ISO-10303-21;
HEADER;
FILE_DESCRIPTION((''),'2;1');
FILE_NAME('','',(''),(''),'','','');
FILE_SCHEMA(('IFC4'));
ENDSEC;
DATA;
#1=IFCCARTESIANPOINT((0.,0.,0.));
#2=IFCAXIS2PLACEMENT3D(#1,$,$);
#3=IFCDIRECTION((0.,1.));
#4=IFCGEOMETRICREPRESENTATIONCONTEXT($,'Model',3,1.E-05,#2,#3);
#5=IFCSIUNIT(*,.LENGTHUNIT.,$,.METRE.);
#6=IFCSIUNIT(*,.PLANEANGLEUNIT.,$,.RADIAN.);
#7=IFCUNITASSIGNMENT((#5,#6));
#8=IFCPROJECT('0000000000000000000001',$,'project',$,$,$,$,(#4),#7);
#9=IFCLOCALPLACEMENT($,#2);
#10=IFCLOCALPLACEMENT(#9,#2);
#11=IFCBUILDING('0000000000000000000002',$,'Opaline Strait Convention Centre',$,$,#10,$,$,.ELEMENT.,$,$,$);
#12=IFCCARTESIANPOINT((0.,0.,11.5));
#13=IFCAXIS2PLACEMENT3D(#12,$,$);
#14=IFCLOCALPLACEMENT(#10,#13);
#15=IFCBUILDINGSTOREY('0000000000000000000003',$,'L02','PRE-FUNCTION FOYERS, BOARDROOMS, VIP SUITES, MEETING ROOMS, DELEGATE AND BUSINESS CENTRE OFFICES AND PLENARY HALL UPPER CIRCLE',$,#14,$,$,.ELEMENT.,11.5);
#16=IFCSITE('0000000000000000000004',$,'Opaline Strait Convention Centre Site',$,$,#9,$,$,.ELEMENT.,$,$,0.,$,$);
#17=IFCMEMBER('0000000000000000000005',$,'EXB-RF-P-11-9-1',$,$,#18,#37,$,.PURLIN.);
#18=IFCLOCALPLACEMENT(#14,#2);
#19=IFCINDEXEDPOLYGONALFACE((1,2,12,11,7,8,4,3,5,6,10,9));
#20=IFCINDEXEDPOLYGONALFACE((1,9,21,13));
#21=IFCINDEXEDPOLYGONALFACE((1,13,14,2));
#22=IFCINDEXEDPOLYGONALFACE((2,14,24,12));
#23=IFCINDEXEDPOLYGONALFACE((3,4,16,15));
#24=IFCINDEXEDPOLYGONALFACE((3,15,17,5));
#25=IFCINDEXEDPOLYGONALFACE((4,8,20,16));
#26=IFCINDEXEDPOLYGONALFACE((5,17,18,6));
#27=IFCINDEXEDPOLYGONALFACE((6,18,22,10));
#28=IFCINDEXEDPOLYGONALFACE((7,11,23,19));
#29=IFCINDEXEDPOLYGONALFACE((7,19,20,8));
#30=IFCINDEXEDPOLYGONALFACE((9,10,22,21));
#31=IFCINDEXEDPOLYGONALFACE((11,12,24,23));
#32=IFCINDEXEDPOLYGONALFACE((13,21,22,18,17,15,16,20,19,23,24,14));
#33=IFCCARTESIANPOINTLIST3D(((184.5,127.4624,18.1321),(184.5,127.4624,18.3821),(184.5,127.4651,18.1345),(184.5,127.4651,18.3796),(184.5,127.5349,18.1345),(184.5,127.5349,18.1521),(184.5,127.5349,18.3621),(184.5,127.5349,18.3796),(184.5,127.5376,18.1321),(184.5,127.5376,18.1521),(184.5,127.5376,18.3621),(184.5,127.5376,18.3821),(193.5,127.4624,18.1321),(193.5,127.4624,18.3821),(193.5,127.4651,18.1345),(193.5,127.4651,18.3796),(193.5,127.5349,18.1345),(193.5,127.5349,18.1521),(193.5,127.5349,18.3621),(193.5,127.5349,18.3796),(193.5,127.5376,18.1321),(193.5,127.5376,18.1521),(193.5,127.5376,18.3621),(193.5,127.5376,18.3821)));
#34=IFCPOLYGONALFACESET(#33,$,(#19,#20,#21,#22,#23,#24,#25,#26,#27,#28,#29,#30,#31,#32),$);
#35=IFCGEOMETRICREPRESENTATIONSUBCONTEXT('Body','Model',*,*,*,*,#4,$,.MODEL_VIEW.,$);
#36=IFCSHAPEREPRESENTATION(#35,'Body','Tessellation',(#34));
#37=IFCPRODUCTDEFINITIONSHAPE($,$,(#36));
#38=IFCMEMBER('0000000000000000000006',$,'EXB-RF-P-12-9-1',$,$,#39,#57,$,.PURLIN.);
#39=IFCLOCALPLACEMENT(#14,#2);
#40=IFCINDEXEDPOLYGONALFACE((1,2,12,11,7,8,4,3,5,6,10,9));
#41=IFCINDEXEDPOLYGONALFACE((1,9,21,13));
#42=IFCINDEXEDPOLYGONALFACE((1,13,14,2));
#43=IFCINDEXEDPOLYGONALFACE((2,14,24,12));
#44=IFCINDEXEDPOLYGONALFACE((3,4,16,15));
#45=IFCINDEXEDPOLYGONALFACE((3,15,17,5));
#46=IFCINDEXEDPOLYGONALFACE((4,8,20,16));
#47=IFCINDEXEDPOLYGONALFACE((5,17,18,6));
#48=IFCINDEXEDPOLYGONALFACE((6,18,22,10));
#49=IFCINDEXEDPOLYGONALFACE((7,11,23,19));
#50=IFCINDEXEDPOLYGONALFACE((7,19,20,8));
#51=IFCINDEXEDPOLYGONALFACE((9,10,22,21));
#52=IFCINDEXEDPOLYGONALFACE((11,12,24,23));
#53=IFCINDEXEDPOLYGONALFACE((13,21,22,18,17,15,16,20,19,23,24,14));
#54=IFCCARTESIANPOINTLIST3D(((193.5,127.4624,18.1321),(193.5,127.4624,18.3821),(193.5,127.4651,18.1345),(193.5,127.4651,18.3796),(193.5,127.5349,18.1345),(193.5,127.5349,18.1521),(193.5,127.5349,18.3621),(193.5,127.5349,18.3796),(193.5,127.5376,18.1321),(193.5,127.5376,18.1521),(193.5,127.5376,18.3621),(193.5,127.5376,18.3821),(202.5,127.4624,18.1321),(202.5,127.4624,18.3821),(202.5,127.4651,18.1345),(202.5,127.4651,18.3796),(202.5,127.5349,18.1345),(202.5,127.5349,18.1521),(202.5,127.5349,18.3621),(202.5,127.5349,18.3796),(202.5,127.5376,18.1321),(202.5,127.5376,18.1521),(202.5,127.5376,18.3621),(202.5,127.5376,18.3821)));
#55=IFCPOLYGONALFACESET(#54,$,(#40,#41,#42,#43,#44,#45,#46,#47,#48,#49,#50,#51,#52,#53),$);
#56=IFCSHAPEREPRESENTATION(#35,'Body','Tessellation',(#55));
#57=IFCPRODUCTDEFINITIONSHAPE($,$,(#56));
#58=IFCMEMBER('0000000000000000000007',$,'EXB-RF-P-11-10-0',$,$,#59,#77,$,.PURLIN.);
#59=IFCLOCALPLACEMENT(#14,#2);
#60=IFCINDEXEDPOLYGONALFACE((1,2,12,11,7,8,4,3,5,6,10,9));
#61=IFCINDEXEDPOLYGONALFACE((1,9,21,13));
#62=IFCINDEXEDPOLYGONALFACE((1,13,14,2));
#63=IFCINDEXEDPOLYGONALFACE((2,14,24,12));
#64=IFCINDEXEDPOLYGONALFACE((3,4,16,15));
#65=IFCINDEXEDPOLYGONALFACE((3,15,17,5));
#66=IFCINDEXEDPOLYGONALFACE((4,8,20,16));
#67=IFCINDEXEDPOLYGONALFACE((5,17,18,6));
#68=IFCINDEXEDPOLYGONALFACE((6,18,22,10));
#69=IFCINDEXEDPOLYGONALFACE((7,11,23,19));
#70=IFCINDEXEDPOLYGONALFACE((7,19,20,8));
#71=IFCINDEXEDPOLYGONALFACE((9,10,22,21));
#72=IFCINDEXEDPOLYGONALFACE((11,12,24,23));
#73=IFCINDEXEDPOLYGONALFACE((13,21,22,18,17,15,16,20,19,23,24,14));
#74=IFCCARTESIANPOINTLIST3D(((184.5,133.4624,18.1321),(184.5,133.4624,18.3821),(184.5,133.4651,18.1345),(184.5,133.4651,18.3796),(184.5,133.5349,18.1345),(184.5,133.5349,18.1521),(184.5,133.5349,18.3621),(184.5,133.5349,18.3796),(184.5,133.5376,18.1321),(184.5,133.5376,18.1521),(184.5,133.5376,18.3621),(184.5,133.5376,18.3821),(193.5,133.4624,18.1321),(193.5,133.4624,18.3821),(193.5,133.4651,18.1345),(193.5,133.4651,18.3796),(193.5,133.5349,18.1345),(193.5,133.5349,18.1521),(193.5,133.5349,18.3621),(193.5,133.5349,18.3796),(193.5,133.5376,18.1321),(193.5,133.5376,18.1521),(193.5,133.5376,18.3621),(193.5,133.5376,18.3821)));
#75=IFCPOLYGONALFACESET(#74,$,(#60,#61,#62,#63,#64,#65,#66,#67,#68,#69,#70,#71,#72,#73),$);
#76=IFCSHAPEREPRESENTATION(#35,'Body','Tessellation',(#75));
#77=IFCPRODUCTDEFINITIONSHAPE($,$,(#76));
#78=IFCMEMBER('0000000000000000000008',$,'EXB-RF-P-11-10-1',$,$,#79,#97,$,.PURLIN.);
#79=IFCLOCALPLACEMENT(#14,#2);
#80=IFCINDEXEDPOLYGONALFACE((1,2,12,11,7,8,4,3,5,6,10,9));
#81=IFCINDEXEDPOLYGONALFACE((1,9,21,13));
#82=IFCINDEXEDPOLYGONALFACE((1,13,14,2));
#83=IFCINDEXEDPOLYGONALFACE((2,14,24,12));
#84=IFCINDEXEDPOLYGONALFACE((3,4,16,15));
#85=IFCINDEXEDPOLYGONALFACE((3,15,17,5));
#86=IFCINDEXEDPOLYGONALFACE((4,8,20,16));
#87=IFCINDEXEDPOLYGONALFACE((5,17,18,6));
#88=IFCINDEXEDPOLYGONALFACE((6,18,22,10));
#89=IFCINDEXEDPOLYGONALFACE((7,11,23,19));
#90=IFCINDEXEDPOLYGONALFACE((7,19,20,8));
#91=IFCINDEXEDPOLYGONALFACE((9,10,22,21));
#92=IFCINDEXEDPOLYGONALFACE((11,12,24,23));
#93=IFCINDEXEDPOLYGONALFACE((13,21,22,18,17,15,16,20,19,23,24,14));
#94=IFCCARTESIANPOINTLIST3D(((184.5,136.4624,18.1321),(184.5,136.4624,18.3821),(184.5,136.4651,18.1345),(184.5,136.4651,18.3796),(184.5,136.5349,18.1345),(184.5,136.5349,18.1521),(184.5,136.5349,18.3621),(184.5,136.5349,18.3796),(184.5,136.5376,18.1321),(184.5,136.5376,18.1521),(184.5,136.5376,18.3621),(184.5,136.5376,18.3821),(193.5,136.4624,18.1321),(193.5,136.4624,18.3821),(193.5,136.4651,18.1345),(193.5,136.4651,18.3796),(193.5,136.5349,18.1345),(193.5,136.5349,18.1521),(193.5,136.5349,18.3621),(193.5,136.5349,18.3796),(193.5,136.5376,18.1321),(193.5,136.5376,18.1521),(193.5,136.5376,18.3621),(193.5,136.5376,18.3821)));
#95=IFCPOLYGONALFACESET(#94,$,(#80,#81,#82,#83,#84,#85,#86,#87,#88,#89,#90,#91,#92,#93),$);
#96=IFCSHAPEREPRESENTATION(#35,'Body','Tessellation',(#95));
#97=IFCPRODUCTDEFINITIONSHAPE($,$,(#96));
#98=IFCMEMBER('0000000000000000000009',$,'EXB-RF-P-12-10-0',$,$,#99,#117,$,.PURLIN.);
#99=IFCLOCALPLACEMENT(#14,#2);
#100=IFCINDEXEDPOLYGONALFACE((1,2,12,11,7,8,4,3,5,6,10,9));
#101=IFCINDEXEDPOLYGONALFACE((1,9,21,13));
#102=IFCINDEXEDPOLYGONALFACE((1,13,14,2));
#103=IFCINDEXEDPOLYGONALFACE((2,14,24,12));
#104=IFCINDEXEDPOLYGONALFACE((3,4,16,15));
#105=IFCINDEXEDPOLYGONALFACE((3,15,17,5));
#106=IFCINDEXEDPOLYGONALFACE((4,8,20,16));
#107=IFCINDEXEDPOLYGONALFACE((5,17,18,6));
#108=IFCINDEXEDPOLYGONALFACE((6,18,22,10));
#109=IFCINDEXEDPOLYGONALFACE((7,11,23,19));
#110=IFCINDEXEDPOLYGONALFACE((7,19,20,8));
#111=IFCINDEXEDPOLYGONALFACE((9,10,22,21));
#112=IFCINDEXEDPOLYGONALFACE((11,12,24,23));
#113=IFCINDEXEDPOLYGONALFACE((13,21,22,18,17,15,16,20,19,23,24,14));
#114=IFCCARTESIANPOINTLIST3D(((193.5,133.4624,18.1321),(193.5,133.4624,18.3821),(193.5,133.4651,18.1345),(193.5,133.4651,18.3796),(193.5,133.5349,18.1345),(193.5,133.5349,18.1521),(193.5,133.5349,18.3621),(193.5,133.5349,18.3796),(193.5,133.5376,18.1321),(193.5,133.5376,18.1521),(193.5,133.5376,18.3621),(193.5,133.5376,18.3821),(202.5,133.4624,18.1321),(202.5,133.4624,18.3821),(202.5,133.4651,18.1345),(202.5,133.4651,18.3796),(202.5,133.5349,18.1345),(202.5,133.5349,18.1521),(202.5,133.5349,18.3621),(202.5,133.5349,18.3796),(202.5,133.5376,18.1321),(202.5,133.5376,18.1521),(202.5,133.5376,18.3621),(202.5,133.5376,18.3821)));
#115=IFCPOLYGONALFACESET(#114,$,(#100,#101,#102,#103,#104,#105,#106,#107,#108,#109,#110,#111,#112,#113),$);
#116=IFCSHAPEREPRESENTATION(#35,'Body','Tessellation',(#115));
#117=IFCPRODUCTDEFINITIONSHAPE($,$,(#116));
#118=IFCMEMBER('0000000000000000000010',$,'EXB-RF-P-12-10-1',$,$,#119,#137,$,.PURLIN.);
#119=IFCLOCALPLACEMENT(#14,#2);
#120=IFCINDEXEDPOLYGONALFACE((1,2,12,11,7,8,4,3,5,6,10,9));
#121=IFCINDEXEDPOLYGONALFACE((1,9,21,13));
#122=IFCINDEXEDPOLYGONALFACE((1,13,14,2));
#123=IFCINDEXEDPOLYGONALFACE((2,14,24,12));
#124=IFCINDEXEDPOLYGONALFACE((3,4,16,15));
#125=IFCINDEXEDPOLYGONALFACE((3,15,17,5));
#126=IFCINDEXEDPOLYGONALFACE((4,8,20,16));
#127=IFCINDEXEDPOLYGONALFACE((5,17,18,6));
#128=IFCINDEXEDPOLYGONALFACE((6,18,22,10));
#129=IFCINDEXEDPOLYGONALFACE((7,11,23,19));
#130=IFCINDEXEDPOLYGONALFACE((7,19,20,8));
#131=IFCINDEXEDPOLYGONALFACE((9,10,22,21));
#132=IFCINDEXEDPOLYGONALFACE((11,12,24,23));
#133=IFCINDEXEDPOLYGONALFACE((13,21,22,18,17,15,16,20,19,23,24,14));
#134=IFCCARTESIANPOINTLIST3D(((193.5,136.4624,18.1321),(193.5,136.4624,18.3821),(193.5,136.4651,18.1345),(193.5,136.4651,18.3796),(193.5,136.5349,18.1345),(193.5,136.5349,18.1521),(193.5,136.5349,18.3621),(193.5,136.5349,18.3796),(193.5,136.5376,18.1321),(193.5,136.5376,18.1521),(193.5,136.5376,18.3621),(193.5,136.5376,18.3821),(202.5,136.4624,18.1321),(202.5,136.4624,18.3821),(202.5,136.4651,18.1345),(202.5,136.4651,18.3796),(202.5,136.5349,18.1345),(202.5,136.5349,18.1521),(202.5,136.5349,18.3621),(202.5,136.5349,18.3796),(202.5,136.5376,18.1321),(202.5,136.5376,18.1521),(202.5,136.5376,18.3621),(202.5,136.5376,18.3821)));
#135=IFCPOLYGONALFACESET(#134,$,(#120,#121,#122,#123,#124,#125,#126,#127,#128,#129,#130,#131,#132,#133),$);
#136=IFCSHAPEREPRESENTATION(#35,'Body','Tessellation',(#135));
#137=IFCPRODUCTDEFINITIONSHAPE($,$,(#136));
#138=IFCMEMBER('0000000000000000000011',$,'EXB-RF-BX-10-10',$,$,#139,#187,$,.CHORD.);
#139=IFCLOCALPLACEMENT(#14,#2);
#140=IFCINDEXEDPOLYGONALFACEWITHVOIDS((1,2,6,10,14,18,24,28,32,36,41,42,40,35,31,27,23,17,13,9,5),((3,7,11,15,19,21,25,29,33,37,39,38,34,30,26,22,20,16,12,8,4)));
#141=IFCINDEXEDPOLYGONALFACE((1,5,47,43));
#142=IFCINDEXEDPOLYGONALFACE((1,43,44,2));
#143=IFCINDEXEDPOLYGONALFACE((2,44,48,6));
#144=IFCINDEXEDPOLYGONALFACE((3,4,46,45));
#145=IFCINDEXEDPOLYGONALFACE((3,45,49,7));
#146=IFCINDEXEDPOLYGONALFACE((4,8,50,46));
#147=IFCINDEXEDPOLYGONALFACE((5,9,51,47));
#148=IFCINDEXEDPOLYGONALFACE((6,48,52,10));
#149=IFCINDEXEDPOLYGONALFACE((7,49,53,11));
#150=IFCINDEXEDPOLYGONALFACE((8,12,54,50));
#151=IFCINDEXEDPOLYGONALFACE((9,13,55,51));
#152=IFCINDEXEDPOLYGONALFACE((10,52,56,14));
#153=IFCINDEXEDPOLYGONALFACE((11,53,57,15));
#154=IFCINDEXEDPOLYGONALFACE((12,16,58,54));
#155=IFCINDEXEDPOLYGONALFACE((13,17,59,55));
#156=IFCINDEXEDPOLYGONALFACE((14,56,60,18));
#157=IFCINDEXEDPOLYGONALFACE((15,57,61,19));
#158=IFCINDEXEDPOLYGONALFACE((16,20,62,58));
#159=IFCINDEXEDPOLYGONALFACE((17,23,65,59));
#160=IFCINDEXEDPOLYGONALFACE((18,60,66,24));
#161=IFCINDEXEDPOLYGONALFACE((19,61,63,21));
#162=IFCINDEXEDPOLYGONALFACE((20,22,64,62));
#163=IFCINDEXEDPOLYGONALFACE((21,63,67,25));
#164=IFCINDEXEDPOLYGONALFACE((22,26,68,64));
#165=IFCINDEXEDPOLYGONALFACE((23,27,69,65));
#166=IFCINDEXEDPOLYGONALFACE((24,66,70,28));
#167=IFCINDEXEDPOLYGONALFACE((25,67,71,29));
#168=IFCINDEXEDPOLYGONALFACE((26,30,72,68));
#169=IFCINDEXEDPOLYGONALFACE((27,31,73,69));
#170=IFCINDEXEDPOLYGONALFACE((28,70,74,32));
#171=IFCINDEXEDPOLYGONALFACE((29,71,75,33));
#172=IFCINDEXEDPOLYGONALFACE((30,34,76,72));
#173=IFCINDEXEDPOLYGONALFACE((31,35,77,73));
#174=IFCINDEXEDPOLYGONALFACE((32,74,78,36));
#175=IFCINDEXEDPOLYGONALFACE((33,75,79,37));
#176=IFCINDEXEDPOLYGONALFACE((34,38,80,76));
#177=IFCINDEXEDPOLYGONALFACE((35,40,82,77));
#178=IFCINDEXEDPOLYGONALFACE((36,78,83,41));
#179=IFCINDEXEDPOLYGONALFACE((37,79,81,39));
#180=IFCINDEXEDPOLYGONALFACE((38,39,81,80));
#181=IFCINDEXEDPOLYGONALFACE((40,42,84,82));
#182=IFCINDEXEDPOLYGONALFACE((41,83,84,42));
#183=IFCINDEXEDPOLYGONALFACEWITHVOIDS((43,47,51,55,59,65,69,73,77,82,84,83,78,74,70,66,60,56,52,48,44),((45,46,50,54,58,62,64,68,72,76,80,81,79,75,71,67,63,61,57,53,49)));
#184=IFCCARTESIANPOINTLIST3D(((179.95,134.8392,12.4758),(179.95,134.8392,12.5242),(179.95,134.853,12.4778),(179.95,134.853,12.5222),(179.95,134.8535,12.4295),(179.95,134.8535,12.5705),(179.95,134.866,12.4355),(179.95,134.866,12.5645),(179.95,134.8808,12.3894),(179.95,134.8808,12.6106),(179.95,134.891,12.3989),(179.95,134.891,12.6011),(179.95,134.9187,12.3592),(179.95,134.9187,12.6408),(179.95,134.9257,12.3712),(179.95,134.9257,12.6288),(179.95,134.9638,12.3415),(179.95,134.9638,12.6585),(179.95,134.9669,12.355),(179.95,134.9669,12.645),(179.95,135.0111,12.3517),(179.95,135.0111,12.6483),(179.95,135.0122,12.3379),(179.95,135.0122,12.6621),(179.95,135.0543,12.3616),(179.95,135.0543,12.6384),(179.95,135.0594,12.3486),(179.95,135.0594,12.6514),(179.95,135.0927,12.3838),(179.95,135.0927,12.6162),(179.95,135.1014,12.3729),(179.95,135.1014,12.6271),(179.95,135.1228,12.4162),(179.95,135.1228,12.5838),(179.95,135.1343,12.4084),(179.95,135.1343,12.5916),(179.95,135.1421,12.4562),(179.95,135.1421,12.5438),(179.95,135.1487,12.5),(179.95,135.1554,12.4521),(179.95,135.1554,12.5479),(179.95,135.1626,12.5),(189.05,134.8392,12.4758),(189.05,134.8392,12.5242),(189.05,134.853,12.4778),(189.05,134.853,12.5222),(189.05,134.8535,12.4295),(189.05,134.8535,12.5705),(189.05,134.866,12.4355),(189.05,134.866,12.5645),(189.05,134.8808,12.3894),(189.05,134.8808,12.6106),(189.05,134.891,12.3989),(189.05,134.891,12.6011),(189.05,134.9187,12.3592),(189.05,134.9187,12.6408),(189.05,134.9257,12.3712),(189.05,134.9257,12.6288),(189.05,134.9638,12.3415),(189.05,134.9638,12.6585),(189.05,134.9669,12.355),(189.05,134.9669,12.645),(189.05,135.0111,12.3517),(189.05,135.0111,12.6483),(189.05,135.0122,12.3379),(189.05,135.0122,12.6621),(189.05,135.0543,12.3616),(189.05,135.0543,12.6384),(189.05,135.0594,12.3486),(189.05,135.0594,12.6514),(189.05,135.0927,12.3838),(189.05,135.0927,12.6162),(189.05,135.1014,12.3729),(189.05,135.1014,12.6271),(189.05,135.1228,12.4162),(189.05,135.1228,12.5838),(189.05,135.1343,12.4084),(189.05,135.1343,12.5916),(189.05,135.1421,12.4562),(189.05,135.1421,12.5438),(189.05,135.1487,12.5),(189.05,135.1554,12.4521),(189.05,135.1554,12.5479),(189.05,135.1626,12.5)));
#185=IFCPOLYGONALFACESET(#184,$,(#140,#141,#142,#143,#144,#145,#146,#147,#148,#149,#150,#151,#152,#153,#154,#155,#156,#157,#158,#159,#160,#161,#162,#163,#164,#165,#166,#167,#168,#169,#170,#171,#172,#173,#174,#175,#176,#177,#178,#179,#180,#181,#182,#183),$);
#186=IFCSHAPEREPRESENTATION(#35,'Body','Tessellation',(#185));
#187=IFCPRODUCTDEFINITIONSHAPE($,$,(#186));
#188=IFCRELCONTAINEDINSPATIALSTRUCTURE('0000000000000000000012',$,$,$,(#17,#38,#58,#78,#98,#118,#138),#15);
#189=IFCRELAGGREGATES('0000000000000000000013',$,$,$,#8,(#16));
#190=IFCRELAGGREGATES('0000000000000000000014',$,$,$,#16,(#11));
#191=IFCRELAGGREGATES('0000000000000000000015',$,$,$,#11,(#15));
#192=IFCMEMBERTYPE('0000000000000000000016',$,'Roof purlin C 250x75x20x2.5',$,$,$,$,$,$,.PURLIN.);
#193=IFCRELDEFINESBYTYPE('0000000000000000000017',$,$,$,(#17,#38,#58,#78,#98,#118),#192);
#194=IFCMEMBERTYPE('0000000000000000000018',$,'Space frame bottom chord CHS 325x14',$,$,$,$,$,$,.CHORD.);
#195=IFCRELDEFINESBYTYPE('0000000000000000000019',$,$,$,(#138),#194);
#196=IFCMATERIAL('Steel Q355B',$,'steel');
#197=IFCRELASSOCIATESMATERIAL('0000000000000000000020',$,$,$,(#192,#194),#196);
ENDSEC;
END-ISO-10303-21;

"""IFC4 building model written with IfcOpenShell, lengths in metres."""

from ifc_helpers import new_model, si_unit, direction, frame, origin, origin_2d, place, context, subcontext, project, spatial, polyline, hollow_circle, outline, extrude, material, material_profile, profile_set, type_object, element, save


model = new_model("IFC4")

# Units and contexts
model_context = context("Model", 3, precision=1e-05, world=origin(), true_north=direction((0.0, 1.0)))
body_context = subcontext(model_context, "Body", "Model", "MODEL_VIEW")
ifc_project = project(units=[si_unit("LENGTHUNIT", "METRE"), si_unit("PLANEANGLEUNIT", "RADIAN")], contexts=[model_context])

# Site, building, storey
site_placement = place(None, origin())
site = spatial("IfcSite", under=ifc_project, at=site_placement, Name="Opaline Strait Convention Centre Site", CompositionType="ELEMENT", RefElevation=0.0)
building_placement = place(site_placement, origin())
building = spatial("IfcBuilding", under=site, at=building_placement, Name="Opaline Strait Convention Centre", CompositionType="ELEMENT")
storey_placement = place(building_placement, frame((0.0, 0.0, 11.5)))
storey = spatial("IfcBuildingStorey", under=building, at=storey_placement, Name="L02", Description="PRE-FUNCTION FOYERS, BOARDROOMS, VIP SUITES, MEETING ROOMS, DELEGATE AND BUSINESS CENTRE OFFICES AND PLENARY HALL UPPER CIRCLE", CompositionType="ELEMENT", Elevation=11.5)

# Members
ifc_material = material(Name="Steel Q355B", Category="steel")
ifc_material_profile_1 = material_profile(ifc_material, outline(polyline([(-0.0376, -0.125), (0.0376, -0.125), (0.0376, -0.105), (0.0349, -0.105), (0.0349, -0.1226), (-0.0349, -0.1226), (-0.0349, 0.1226), (0.0349, 0.1226), (0.0349, 0.105), (0.0376, 0.105), (0.0376, 0.125), (-0.0376, 0.125), (-0.0376, -0.125)])), Name="C 250x75x20x2.5")
ifc_profile_set_1 = profile_set([ifc_material_profile_1], Name="Steel Q355B")
member_type_1 = type_object("IfcMemberType", Name="Roof purlin C 250x75x20x2.5", PredefinedType="PURLIN", material=ifc_profile_set_1)
for number, where, z_axis, x_axis, name in (
    (1, (184.5, 127.5, 18.2571), (1.0, 0.0, 0.0), (0.0, 1.0, 0.0), "EXB-RF-P-11-9-1"),
    (2, (193.5, 127.5, 18.2571), (1.0, 0.0, 0.0), (0.0, 1.0, 0.0), "EXB-RF-P-12-9-1"),
    (3, (184.5, 133.5, 18.2571), (1.0, 0.0, 0.0), (0.0, 1.0, 0.0), "EXB-RF-P-11-10-0"),
    (4, (184.5, 136.5, 18.2571), (1.0, 0.0, 0.0), (0.0, 1.0, 0.0), "EXB-RF-P-11-10-1"),
    (5, (193.5, 133.5, 18.2571), (1.0, 0.0, 0.0), (0.0, 1.0, 0.0), "EXB-RF-P-12-10-0"),
    (6, (193.5, 136.5, 18.2571), (1.0, 0.0, 0.0), (0.0, 1.0, 0.0), "EXB-RF-P-12-10-1"),
):
    element("IfcMember", number, at=place(storey_placement, frame(where, z_axis=z_axis, x_axis=x_axis)), inside=storey, type_object=member_type_1, Name=name, PredefinedType="PURLIN", context=body_context, shape_type="SweptSolid", body=[
        extrude(outline(polyline([(-0.0376, -0.125), (0.0376, -0.125), (0.0376, -0.105), (0.0349, -0.105), (0.0349, -0.1226), (-0.0349, -0.1226), (-0.0349, 0.1226), (0.0349, 0.1226), (0.0349, 0.105), (0.0376, 0.105), (0.0376, 0.125), (-0.0376, 0.125), (-0.0376, -0.125)])), origin(), (0.0, 0.0, 1.0), 9.0),
    ])
ifc_material_profile_2 = material_profile(ifc_material, hollow_circle(Radius=0.1626, WallThickness=0.0139, at=origin_2d()), Name="CHS 325x14")
ifc_profile_set_2 = profile_set([ifc_material_profile_2], Name="Steel Q355B")
member_type_2 = type_object("IfcMemberType", Name="Space frame bottom chord CHS 325x14", PredefinedType="CHORD", material=ifc_profile_set_2)
for number, where, z_axis, x_axis, name in (
    (7, (179.95, 135.0, 12.5), (1.0, 0.0, 0.0), (0.0, 1.0, 0.0), "EXB-RF-BX-10-10"),
):
    element("IfcMember", number, at=place(storey_placement, frame(where, z_axis=z_axis, x_axis=x_axis)), inside=storey, type_object=member_type_2, Name=name, PredefinedType="CHORD", context=body_context, shape_type="SweptSolid", body=[
        extrude(hollow_circle(Radius=0.1626, WallThickness=0.0139, at=origin_2d()), origin(), (0.0, 0.0, 1.0), 9.1001),
    ])

save(model, "model.ifc")
